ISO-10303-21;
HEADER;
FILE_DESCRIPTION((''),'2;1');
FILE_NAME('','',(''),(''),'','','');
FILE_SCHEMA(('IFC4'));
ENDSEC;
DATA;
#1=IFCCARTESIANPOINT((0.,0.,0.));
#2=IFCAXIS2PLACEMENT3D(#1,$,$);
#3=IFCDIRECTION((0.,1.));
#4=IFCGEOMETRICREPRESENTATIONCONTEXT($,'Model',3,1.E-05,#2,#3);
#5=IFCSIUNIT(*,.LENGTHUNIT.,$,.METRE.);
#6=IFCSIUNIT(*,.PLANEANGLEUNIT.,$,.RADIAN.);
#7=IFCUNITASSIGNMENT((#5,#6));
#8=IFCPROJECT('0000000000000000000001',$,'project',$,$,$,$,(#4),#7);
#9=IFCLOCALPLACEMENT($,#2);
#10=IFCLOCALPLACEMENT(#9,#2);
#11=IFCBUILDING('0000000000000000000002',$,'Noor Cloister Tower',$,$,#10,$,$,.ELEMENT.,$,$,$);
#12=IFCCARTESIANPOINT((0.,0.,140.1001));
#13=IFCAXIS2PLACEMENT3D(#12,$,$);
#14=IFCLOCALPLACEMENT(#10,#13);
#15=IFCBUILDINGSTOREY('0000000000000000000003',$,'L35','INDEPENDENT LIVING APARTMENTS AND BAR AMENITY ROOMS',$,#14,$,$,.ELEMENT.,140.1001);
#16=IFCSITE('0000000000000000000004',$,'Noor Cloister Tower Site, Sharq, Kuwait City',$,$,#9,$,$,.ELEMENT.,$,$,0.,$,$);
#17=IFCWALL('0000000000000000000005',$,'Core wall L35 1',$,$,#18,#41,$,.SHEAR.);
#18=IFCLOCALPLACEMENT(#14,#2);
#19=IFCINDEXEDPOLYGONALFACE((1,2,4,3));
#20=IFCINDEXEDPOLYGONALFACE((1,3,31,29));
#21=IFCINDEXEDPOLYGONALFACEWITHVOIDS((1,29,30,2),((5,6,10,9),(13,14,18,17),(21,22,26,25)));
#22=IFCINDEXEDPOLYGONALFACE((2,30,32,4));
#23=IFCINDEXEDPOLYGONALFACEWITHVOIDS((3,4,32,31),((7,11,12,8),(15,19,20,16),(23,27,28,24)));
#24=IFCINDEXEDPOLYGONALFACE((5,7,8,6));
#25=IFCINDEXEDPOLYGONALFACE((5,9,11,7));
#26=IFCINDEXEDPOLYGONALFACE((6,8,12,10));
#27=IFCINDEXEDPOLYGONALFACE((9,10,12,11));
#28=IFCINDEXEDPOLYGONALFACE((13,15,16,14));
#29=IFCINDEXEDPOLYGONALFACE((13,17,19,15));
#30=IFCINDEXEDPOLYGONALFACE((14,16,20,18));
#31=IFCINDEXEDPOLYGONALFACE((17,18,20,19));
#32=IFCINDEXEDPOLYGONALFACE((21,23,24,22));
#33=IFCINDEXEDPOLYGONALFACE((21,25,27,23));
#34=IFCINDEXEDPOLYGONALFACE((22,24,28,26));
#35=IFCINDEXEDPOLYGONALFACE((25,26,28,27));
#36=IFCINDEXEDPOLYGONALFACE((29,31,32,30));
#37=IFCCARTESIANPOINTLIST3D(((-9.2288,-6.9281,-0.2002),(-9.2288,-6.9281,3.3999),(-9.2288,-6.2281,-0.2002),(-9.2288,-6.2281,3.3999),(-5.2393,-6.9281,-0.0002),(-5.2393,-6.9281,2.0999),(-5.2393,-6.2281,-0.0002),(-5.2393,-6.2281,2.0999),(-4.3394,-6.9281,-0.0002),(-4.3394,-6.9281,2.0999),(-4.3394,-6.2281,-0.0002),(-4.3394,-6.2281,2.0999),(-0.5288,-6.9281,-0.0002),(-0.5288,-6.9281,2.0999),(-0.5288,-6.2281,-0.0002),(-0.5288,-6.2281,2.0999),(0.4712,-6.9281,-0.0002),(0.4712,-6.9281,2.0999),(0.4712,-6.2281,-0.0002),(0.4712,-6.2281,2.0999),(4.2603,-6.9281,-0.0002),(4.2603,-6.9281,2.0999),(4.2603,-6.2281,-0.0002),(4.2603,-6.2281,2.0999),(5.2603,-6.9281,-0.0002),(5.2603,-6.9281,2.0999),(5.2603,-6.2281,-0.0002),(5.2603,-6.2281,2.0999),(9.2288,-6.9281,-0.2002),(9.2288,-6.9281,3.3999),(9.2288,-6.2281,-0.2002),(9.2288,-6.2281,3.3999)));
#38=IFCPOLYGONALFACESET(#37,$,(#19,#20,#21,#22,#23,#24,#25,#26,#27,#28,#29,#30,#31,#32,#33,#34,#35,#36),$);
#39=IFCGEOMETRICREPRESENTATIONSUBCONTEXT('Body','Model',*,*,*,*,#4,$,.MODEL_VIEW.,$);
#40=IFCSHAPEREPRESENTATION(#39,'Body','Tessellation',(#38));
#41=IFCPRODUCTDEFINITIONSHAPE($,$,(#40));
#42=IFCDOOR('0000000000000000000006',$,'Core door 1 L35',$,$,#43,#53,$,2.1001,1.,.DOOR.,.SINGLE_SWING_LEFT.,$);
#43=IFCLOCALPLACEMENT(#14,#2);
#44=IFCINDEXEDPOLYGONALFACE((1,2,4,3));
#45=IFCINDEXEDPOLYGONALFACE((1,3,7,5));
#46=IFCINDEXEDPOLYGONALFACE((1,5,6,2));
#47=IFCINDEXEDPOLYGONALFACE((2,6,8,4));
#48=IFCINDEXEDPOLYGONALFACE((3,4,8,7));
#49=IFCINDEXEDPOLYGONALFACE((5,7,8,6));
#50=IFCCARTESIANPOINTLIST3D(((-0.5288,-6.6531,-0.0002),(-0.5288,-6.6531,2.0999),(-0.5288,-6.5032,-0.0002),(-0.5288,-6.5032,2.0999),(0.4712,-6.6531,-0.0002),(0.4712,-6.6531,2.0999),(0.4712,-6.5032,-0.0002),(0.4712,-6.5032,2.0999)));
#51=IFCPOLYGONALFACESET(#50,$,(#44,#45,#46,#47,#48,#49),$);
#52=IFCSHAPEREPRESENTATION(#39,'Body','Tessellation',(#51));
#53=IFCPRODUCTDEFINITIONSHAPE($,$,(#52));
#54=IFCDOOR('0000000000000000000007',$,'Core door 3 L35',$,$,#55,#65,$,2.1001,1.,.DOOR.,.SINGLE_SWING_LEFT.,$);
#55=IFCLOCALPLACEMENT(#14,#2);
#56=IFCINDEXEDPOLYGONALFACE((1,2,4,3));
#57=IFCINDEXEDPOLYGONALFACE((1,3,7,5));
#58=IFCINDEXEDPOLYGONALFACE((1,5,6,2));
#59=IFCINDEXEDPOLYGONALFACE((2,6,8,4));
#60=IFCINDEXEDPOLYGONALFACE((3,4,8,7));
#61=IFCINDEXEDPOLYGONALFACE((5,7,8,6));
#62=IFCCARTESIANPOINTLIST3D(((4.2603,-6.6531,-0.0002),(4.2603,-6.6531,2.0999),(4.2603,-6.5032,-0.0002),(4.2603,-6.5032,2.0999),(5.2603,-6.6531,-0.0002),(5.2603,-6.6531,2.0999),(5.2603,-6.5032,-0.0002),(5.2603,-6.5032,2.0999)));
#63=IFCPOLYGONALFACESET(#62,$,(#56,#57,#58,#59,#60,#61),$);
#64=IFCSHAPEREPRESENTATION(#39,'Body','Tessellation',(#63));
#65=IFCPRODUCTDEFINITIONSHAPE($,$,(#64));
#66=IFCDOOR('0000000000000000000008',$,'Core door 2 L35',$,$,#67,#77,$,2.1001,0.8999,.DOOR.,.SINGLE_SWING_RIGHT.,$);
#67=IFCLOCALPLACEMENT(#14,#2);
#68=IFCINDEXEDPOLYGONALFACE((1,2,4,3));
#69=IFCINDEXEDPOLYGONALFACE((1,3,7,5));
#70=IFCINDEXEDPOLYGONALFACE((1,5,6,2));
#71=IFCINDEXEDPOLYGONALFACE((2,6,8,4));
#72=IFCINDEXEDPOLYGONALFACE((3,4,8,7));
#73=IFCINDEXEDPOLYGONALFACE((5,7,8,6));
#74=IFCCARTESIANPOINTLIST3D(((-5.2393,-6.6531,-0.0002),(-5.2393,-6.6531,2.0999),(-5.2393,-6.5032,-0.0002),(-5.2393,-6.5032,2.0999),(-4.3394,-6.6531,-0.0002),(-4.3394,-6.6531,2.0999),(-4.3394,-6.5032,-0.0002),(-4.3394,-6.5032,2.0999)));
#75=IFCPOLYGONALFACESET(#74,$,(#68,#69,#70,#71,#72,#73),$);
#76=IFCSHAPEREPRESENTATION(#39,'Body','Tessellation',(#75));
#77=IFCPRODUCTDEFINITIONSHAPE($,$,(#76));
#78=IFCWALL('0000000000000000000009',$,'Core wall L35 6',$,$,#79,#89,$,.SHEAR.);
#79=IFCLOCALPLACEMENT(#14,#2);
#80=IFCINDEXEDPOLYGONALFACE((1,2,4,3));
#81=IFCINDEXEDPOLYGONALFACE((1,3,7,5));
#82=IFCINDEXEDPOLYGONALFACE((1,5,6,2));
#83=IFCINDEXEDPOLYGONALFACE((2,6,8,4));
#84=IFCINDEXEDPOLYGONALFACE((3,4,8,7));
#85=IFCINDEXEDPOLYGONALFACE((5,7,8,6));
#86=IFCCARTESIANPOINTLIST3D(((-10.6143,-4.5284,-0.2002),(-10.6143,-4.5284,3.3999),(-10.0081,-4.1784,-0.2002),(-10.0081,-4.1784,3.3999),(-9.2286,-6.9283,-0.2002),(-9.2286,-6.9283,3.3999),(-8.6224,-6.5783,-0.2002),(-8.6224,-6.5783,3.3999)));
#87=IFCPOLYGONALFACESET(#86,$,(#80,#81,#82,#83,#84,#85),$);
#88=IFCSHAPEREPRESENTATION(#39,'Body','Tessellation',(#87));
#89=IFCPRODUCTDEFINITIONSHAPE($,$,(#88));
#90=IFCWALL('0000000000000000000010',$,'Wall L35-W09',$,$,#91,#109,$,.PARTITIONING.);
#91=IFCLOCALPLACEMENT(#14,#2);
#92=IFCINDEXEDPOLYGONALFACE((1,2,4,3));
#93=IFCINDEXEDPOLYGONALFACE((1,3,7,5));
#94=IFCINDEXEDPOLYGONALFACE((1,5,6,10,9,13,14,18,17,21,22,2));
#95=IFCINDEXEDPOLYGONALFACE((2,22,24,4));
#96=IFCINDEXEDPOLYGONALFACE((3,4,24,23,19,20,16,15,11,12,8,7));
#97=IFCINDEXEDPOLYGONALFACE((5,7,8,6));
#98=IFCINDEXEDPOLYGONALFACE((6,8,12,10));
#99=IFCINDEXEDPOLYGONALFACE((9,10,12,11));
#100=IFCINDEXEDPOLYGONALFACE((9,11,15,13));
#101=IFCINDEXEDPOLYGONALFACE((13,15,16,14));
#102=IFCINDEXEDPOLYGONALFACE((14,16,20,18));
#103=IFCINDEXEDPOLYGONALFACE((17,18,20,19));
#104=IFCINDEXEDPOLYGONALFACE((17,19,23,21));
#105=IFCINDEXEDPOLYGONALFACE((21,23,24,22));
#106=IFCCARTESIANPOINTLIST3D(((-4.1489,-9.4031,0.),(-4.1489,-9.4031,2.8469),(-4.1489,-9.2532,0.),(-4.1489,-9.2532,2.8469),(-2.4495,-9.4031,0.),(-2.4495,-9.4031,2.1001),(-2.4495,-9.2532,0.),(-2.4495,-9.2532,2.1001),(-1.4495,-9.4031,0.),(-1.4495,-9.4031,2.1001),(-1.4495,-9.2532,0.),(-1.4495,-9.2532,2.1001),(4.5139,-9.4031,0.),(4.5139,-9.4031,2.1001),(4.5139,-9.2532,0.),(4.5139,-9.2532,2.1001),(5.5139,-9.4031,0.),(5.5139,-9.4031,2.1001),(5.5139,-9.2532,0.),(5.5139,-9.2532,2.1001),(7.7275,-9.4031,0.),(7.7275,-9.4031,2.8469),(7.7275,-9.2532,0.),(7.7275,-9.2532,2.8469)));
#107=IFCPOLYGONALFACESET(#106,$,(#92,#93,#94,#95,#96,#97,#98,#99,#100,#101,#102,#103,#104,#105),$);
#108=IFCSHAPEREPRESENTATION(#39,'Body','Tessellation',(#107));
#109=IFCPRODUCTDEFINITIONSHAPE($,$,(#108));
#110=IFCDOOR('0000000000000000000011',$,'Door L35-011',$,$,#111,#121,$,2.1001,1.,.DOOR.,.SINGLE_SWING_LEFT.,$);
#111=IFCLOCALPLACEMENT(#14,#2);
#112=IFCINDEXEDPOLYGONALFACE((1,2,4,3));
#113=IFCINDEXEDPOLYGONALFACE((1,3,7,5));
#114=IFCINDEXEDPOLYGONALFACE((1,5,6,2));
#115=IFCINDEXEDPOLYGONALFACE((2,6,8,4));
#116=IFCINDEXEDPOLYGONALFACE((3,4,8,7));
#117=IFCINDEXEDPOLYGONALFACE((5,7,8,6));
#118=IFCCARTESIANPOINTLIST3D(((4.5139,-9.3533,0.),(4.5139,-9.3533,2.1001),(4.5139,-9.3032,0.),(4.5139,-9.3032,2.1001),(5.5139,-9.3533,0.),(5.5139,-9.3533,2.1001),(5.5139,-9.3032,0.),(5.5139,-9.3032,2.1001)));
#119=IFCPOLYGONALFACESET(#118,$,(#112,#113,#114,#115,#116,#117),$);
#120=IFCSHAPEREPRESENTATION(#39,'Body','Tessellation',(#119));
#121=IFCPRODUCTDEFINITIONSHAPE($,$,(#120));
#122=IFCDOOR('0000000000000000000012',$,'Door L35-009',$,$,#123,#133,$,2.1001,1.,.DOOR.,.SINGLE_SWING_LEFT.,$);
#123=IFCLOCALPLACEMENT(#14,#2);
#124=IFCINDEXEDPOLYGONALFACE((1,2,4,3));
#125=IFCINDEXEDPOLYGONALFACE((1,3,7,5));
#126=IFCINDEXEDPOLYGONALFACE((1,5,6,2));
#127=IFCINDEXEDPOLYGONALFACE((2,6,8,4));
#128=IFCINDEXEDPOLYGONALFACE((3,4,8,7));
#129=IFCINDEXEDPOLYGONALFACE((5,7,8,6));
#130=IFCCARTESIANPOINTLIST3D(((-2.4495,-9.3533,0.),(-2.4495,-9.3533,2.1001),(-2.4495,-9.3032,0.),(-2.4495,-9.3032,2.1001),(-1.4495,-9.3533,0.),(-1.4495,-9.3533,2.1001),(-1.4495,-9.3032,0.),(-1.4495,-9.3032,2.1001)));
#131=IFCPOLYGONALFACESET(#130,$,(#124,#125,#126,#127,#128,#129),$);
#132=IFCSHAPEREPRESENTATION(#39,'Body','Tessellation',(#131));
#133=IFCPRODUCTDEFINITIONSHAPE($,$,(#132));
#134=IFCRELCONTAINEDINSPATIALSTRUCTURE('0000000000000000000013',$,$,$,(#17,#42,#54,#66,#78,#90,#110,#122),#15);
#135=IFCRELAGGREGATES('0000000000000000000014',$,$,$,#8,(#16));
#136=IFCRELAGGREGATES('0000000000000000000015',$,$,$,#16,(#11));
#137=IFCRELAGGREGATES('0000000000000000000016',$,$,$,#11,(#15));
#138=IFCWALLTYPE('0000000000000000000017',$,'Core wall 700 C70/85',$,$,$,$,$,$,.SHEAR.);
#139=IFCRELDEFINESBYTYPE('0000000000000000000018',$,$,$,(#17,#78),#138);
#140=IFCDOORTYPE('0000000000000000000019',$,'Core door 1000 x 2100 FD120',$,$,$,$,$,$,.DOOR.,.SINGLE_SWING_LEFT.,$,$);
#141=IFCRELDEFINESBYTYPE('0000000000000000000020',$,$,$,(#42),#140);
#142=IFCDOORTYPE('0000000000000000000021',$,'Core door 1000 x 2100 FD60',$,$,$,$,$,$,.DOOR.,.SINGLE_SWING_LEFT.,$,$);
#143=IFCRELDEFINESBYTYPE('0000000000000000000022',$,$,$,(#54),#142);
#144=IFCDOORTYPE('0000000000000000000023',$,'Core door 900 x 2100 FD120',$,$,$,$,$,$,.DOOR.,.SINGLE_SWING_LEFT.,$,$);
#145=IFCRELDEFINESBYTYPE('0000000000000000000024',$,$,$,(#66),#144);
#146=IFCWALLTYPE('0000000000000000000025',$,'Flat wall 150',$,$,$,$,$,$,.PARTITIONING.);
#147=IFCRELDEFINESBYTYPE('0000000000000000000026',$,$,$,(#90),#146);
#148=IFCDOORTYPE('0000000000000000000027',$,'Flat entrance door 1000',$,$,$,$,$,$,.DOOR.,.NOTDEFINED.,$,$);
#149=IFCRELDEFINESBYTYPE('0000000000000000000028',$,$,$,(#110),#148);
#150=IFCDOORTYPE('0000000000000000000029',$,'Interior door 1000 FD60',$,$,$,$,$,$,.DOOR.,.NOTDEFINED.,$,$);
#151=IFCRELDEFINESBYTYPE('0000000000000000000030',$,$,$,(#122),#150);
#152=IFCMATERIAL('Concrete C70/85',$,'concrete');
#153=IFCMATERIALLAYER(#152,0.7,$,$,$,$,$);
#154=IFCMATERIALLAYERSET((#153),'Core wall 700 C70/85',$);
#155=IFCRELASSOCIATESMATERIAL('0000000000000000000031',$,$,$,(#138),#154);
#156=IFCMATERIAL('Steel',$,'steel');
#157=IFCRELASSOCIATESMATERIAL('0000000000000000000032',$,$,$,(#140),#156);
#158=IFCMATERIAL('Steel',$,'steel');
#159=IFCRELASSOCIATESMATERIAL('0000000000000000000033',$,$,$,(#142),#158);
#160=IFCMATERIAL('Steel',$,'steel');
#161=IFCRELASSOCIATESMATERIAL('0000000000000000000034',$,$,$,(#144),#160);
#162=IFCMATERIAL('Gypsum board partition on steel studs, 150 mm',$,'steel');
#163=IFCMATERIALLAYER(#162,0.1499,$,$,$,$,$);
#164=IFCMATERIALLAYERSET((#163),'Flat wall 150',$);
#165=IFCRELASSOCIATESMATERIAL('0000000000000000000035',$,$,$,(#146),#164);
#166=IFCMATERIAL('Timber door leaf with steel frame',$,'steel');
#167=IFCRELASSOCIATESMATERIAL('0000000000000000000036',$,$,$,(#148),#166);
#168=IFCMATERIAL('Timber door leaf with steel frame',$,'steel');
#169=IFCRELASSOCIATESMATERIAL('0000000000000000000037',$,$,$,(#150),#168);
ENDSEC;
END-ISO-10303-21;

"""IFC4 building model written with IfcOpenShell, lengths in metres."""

from ifc_helpers import new_model, si_unit, direction, frame, frame_2d, origin, place, context, subcontext, project, spatial, rectangle, extrude, material, layer, layer_set, type_object, element, fill, save


model = new_model("IFC4")

# Units and contexts
model_context = context("Model", 3, precision=1e-05, world=origin(), true_north=direction((0.0, 1.0)))
body_context = subcontext(model_context, "Body", "Model", "MODEL_VIEW")
ifc_project = project(units=[si_unit("LENGTHUNIT", "METRE"), si_unit("PLANEANGLEUNIT", "RADIAN")], contexts=[model_context])

# Site, building, storey
site_placement = place(None, origin())
site = spatial("IfcSite", under=ifc_project, at=site_placement, Name="Noor Cloister Tower Site, Sharq, Kuwait City", CompositionType="ELEMENT", RefElevation=0.0)
building_placement = place(site_placement, origin())
building = spatial("IfcBuilding", under=site, at=building_placement, Name="Noor Cloister Tower", CompositionType="ELEMENT")
storey_placement = place(building_placement, frame((0.0, 0.0, 140.1001)))
storey = spatial("IfcBuildingStorey", under=building, at=storey_placement, Name="L35", Description="INDEPENDENT LIVING APARTMENTS AND BAR AMENITY ROOMS", CompositionType="ELEMENT", Elevation=140.1001)

# Wall, openings, doors
ifc_material_1 = material(Name="Concrete C70/85", Category="concrete")
ifc_layer_1 = layer(ifc_material_1, 0.7)
ifc_layer_set_1 = layer_set([ifc_layer_1], Name="Core wall 700 C70/85")
wall_type_1 = type_object("IfcWallType", Name="Core wall 700 C70/85", PredefinedType="SHEAR", material=ifc_layer_set_1)
wall_1_placement = place(storey_placement, frame((-9.2288, -6.5781, -0.2002), z_axis=(0.0, 0.0, 1.0), x_axis=(1.0, 0.0, 0.0)))
wall_1 = element("IfcWall", 1, at=wall_1_placement, inside=storey, type_object=wall_type_1, Name="Core wall L35 1", PredefinedType="SHEAR", context=body_context, shape_type="SweptSolid", body=[
    extrude(rectangle(XDim=18.4575, YDim=0.7, at=frame_2d((9.2288, 0.0))), origin(), (0.0, 0.0, 1.0), 3.6001),
])
opening_1_placement = place(wall_1_placement, frame((8.7, 0.0, 0.2)))
opening_1 = element("IfcOpeningElement", 2, at=opening_1_placement, cuts=wall_1, PredefinedType="OPENING", context=body_context, shape_type="SweptSolid", body=[
    extrude(rectangle(XDim=1.0, YDim=2.1001, at=frame_2d((0.5, 1.05))), frame((0.0, 0.3599, 0.0), z_axis=(0.0, -1.0, 0.0), x_axis=(1.0, 0.0, 0.0)), (0.0, 0.0, 1.0), 0.72),
])
opening_2_placement = place(wall_1_placement, frame((3.9895, 0.0, 0.2)))
opening_2 = element("IfcOpeningElement", 3, at=opening_2_placement, cuts=wall_1, PredefinedType="OPENING", context=body_context, shape_type="SweptSolid", body=[
    extrude(rectangle(XDim=0.8999, YDim=2.1001, at=frame_2d((0.45, 1.05))), frame((0.0, 0.3599, 0.0), z_axis=(0.0, -1.0, 0.0), x_axis=(1.0, 0.0, 0.0)), (0.0, 0.0, 1.0), 0.72),
])
opening_3_placement = place(wall_1_placement, frame((13.489, 0.0, 0.2)))
opening_3 = element("IfcOpeningElement", 4, at=opening_3_placement, cuts=wall_1, PredefinedType="OPENING", context=body_context, shape_type="SweptSolid", body=[
    extrude(rectangle(XDim=1.0, YDim=2.1001, at=frame_2d((0.5, 1.05))), frame((0.0, 0.3599, 0.0), z_axis=(0.0, -1.0, 0.0), x_axis=(1.0, 0.0, 0.0)), (0.0, 0.0, 1.0), 0.72),
])
ifc_material_2 = material(Name="Steel", Category="steel")
door_type_1 = type_object("IfcDoorType", Name="Core door 1000 x 2100 FD120", OperationType="SINGLE_SWING_LEFT", PredefinedType="DOOR", material=ifc_material_2)
door_1_placement = place(opening_1_placement, origin())
door_1 = element("IfcDoor", 5, at=door_1_placement, inside=storey, type_object=door_type_1, Name="Core door 1 L35", OperationType="SINGLE_SWING_LEFT", OverallHeight=2.1001, OverallWidth=1.0, PredefinedType="DOOR", context=body_context, shape_type="SweptSolid", body=[
    extrude(rectangle(XDim=1.0, YDim=2.1001, at=frame_2d((0.5, 1.05))), frame((0.0, 0.075, 0.0), z_axis=(0.0, -1.0, 0.0), x_axis=(1.0, 0.0, 0.0)), (0.0, 0.0, 1.0), 0.1499),
])
fill(opening_1, door_1)
ifc_material_3 = material(Name="Steel", Category="steel")
door_type_2 = type_object("IfcDoorType", Name="Core door 1000 x 2100 FD60", OperationType="SINGLE_SWING_LEFT", PredefinedType="DOOR", material=ifc_material_3)
door_2_placement = place(opening_3_placement, origin())
door_2 = element("IfcDoor", 6, at=door_2_placement, inside=storey, type_object=door_type_2, Name="Core door 3 L35", OperationType="SINGLE_SWING_LEFT", OverallHeight=2.1001, OverallWidth=1.0, PredefinedType="DOOR", context=body_context, shape_type="SweptSolid", body=[
    extrude(rectangle(XDim=1.0, YDim=2.1001, at=frame_2d((0.5, 1.05))), frame((0.0, 0.075, 0.0), z_axis=(0.0, -1.0, 0.0), x_axis=(1.0, 0.0, 0.0)), (0.0, 0.0, 1.0), 0.1499),
])
fill(opening_3, door_2)
ifc_material_4 = material(Name="Steel", Category="steel")
door_type_3 = type_object("IfcDoorType", Name="Core door 900 x 2100 FD120", OperationType="SINGLE_SWING_LEFT", PredefinedType="DOOR", material=ifc_material_4)
door_3_placement = place(opening_2_placement, origin())
door_3 = element("IfcDoor", 7, at=door_3_placement, inside=storey, type_object=door_type_3, Name="Core door 2 L35", OperationType="SINGLE_SWING_RIGHT", OverallHeight=2.1001, OverallWidth=0.8999, PredefinedType="DOOR", context=body_context, shape_type="SweptSolid", body=[
    extrude(rectangle(XDim=0.8999, YDim=2.1001, at=frame_2d((0.45, 1.05))), frame((0.0, 0.075, 0.0), z_axis=(0.0, -1.0, 0.0), x_axis=(1.0, 0.0, 0.0)), (0.0, 0.0, 1.0), 0.1499),
])
fill(opening_2, door_3)

# Wall
wall_2_placement = place(storey_placement, frame((-10.3113, -4.3533, -0.2002), z_axis=(0.0, 0.0, 1.0), x_axis=(0.500043, -0.866001, 0.0)))
element("IfcWall", 8, at=wall_2_placement, inside=storey, type_object=wall_type_1, Name="Core wall L35 6", PredefinedType="SHEAR", context=body_context, shape_type="SweptSolid", body=[
    extrude(rectangle(XDim=2.7712, YDim=0.7, at=frame_2d((1.3857, 0.0))), origin(), (0.0, 0.0, 1.0), 3.6001),
])

# Wall, openings, doors
ifc_material_5 = material(Name="Gypsum board partition on steel studs, 150 mm", Category="steel")
ifc_layer_2 = layer(ifc_material_5, 0.1499)
ifc_layer_set_2 = layer_set([ifc_layer_2], Name="Flat wall 150")
wall_type_2 = type_object("IfcWallType", Name="Flat wall 150", PredefinedType="PARTITIONING", material=ifc_layer_set_2)
wall_3_placement = place(storey_placement, frame((-4.1489, -9.3281, 0.0), z_axis=(0.0, 0.0, 1.0), x_axis=(1.0, 0.0, 0.0)))
wall_3 = element("IfcWall", 9, at=wall_3_placement, inside=storey, type_object=wall_type_2, Name="Wall L35-W09", PredefinedType="PARTITIONING", context=body_context, shape_type="SweptSolid", body=[
    extrude(rectangle(XDim=11.8765, YDim=0.1499, at=frame_2d((5.9382, 0.0))), origin(), (0.0, 0.0, 1.0), 2.8469),
])
opening_4_placement = place(wall_3_placement, frame((1.6995, 0.0, 0.0)))
opening_4 = element("IfcOpeningElement", 10, at=opening_4_placement, cuts=wall_3, PredefinedType="OPENING", context=body_context, shape_type="SweptSolid", body=[
    extrude(rectangle(XDim=1.0, YDim=2.1001, at=frame_2d((0.5, 1.05))), frame((0.0, 0.085, 0.0), z_axis=(0.0, -1.0, 0.0), x_axis=(1.0, 0.0, 0.0)), (0.0, 0.0, 1.0), 0.1699),
])
opening_5_placement = place(wall_3_placement, frame((8.6628, 0.0, 0.0)))
opening_5 = element("IfcOpeningElement", 11, at=opening_5_placement, cuts=wall_3, PredefinedType="OPENING", context=body_context, shape_type="SweptSolid", body=[
    extrude(rectangle(XDim=1.0, YDim=2.1001, at=frame_2d((0.5, 1.05))), frame((0.0, 0.085, 0.0), z_axis=(0.0, -1.0, 0.0), x_axis=(1.0, 0.0, 0.0)), (0.0, 0.0, 1.0), 0.1699),
])
ifc_material_6 = material(Name="Timber door leaf with steel frame", Category="steel")
door_type_4 = type_object("IfcDoorType", Name="Flat entrance door 1000", OperationType="NOTDEFINED", PredefinedType="DOOR", material=ifc_material_6)
door_4_placement = place(opening_5_placement, origin())
door_4 = element("IfcDoor", 12, at=door_4_placement, inside=storey, type_object=door_type_4, Name="Door L35-011", OperationType="SINGLE_SWING_LEFT", OverallHeight=2.1001, OverallWidth=1.0, PredefinedType="DOOR", context=body_context, shape_type="SweptSolid", body=[
    extrude(rectangle(XDim=1.0, YDim=2.1001, at=frame_2d((0.5, 1.05))), frame((0.0, 0.0249, 0.0), z_axis=(0.0, -1.0, 0.0), x_axis=(1.0, 0.0, 0.0)), (0.0, 0.0, 1.0), 0.05),
])
fill(opening_5, door_4)
ifc_material_7 = material(Name="Timber door leaf with steel frame", Category="steel")
door_type_5 = type_object("IfcDoorType", Name="Interior door 1000 FD60", OperationType="NOTDEFINED", PredefinedType="DOOR", material=ifc_material_7)
door_5_placement = place(opening_4_placement, origin())
door_5 = element("IfcDoor", 13, at=door_5_placement, inside=storey, type_object=door_type_5, Name="Door L35-009", OperationType="SINGLE_SWING_LEFT", OverallHeight=2.1001, OverallWidth=1.0, PredefinedType="DOOR", context=body_context, shape_type="SweptSolid", body=[
    extrude(rectangle(XDim=1.0, YDim=2.1001, at=frame_2d((0.5, 1.05))), frame((0.0, 0.0249, 0.0), z_axis=(0.0, -1.0, 0.0), x_axis=(1.0, 0.0, 0.0)), (0.0, 0.0, 1.0), 0.05),
])
fill(opening_4, door_5)

save(model, "model.ifc")
